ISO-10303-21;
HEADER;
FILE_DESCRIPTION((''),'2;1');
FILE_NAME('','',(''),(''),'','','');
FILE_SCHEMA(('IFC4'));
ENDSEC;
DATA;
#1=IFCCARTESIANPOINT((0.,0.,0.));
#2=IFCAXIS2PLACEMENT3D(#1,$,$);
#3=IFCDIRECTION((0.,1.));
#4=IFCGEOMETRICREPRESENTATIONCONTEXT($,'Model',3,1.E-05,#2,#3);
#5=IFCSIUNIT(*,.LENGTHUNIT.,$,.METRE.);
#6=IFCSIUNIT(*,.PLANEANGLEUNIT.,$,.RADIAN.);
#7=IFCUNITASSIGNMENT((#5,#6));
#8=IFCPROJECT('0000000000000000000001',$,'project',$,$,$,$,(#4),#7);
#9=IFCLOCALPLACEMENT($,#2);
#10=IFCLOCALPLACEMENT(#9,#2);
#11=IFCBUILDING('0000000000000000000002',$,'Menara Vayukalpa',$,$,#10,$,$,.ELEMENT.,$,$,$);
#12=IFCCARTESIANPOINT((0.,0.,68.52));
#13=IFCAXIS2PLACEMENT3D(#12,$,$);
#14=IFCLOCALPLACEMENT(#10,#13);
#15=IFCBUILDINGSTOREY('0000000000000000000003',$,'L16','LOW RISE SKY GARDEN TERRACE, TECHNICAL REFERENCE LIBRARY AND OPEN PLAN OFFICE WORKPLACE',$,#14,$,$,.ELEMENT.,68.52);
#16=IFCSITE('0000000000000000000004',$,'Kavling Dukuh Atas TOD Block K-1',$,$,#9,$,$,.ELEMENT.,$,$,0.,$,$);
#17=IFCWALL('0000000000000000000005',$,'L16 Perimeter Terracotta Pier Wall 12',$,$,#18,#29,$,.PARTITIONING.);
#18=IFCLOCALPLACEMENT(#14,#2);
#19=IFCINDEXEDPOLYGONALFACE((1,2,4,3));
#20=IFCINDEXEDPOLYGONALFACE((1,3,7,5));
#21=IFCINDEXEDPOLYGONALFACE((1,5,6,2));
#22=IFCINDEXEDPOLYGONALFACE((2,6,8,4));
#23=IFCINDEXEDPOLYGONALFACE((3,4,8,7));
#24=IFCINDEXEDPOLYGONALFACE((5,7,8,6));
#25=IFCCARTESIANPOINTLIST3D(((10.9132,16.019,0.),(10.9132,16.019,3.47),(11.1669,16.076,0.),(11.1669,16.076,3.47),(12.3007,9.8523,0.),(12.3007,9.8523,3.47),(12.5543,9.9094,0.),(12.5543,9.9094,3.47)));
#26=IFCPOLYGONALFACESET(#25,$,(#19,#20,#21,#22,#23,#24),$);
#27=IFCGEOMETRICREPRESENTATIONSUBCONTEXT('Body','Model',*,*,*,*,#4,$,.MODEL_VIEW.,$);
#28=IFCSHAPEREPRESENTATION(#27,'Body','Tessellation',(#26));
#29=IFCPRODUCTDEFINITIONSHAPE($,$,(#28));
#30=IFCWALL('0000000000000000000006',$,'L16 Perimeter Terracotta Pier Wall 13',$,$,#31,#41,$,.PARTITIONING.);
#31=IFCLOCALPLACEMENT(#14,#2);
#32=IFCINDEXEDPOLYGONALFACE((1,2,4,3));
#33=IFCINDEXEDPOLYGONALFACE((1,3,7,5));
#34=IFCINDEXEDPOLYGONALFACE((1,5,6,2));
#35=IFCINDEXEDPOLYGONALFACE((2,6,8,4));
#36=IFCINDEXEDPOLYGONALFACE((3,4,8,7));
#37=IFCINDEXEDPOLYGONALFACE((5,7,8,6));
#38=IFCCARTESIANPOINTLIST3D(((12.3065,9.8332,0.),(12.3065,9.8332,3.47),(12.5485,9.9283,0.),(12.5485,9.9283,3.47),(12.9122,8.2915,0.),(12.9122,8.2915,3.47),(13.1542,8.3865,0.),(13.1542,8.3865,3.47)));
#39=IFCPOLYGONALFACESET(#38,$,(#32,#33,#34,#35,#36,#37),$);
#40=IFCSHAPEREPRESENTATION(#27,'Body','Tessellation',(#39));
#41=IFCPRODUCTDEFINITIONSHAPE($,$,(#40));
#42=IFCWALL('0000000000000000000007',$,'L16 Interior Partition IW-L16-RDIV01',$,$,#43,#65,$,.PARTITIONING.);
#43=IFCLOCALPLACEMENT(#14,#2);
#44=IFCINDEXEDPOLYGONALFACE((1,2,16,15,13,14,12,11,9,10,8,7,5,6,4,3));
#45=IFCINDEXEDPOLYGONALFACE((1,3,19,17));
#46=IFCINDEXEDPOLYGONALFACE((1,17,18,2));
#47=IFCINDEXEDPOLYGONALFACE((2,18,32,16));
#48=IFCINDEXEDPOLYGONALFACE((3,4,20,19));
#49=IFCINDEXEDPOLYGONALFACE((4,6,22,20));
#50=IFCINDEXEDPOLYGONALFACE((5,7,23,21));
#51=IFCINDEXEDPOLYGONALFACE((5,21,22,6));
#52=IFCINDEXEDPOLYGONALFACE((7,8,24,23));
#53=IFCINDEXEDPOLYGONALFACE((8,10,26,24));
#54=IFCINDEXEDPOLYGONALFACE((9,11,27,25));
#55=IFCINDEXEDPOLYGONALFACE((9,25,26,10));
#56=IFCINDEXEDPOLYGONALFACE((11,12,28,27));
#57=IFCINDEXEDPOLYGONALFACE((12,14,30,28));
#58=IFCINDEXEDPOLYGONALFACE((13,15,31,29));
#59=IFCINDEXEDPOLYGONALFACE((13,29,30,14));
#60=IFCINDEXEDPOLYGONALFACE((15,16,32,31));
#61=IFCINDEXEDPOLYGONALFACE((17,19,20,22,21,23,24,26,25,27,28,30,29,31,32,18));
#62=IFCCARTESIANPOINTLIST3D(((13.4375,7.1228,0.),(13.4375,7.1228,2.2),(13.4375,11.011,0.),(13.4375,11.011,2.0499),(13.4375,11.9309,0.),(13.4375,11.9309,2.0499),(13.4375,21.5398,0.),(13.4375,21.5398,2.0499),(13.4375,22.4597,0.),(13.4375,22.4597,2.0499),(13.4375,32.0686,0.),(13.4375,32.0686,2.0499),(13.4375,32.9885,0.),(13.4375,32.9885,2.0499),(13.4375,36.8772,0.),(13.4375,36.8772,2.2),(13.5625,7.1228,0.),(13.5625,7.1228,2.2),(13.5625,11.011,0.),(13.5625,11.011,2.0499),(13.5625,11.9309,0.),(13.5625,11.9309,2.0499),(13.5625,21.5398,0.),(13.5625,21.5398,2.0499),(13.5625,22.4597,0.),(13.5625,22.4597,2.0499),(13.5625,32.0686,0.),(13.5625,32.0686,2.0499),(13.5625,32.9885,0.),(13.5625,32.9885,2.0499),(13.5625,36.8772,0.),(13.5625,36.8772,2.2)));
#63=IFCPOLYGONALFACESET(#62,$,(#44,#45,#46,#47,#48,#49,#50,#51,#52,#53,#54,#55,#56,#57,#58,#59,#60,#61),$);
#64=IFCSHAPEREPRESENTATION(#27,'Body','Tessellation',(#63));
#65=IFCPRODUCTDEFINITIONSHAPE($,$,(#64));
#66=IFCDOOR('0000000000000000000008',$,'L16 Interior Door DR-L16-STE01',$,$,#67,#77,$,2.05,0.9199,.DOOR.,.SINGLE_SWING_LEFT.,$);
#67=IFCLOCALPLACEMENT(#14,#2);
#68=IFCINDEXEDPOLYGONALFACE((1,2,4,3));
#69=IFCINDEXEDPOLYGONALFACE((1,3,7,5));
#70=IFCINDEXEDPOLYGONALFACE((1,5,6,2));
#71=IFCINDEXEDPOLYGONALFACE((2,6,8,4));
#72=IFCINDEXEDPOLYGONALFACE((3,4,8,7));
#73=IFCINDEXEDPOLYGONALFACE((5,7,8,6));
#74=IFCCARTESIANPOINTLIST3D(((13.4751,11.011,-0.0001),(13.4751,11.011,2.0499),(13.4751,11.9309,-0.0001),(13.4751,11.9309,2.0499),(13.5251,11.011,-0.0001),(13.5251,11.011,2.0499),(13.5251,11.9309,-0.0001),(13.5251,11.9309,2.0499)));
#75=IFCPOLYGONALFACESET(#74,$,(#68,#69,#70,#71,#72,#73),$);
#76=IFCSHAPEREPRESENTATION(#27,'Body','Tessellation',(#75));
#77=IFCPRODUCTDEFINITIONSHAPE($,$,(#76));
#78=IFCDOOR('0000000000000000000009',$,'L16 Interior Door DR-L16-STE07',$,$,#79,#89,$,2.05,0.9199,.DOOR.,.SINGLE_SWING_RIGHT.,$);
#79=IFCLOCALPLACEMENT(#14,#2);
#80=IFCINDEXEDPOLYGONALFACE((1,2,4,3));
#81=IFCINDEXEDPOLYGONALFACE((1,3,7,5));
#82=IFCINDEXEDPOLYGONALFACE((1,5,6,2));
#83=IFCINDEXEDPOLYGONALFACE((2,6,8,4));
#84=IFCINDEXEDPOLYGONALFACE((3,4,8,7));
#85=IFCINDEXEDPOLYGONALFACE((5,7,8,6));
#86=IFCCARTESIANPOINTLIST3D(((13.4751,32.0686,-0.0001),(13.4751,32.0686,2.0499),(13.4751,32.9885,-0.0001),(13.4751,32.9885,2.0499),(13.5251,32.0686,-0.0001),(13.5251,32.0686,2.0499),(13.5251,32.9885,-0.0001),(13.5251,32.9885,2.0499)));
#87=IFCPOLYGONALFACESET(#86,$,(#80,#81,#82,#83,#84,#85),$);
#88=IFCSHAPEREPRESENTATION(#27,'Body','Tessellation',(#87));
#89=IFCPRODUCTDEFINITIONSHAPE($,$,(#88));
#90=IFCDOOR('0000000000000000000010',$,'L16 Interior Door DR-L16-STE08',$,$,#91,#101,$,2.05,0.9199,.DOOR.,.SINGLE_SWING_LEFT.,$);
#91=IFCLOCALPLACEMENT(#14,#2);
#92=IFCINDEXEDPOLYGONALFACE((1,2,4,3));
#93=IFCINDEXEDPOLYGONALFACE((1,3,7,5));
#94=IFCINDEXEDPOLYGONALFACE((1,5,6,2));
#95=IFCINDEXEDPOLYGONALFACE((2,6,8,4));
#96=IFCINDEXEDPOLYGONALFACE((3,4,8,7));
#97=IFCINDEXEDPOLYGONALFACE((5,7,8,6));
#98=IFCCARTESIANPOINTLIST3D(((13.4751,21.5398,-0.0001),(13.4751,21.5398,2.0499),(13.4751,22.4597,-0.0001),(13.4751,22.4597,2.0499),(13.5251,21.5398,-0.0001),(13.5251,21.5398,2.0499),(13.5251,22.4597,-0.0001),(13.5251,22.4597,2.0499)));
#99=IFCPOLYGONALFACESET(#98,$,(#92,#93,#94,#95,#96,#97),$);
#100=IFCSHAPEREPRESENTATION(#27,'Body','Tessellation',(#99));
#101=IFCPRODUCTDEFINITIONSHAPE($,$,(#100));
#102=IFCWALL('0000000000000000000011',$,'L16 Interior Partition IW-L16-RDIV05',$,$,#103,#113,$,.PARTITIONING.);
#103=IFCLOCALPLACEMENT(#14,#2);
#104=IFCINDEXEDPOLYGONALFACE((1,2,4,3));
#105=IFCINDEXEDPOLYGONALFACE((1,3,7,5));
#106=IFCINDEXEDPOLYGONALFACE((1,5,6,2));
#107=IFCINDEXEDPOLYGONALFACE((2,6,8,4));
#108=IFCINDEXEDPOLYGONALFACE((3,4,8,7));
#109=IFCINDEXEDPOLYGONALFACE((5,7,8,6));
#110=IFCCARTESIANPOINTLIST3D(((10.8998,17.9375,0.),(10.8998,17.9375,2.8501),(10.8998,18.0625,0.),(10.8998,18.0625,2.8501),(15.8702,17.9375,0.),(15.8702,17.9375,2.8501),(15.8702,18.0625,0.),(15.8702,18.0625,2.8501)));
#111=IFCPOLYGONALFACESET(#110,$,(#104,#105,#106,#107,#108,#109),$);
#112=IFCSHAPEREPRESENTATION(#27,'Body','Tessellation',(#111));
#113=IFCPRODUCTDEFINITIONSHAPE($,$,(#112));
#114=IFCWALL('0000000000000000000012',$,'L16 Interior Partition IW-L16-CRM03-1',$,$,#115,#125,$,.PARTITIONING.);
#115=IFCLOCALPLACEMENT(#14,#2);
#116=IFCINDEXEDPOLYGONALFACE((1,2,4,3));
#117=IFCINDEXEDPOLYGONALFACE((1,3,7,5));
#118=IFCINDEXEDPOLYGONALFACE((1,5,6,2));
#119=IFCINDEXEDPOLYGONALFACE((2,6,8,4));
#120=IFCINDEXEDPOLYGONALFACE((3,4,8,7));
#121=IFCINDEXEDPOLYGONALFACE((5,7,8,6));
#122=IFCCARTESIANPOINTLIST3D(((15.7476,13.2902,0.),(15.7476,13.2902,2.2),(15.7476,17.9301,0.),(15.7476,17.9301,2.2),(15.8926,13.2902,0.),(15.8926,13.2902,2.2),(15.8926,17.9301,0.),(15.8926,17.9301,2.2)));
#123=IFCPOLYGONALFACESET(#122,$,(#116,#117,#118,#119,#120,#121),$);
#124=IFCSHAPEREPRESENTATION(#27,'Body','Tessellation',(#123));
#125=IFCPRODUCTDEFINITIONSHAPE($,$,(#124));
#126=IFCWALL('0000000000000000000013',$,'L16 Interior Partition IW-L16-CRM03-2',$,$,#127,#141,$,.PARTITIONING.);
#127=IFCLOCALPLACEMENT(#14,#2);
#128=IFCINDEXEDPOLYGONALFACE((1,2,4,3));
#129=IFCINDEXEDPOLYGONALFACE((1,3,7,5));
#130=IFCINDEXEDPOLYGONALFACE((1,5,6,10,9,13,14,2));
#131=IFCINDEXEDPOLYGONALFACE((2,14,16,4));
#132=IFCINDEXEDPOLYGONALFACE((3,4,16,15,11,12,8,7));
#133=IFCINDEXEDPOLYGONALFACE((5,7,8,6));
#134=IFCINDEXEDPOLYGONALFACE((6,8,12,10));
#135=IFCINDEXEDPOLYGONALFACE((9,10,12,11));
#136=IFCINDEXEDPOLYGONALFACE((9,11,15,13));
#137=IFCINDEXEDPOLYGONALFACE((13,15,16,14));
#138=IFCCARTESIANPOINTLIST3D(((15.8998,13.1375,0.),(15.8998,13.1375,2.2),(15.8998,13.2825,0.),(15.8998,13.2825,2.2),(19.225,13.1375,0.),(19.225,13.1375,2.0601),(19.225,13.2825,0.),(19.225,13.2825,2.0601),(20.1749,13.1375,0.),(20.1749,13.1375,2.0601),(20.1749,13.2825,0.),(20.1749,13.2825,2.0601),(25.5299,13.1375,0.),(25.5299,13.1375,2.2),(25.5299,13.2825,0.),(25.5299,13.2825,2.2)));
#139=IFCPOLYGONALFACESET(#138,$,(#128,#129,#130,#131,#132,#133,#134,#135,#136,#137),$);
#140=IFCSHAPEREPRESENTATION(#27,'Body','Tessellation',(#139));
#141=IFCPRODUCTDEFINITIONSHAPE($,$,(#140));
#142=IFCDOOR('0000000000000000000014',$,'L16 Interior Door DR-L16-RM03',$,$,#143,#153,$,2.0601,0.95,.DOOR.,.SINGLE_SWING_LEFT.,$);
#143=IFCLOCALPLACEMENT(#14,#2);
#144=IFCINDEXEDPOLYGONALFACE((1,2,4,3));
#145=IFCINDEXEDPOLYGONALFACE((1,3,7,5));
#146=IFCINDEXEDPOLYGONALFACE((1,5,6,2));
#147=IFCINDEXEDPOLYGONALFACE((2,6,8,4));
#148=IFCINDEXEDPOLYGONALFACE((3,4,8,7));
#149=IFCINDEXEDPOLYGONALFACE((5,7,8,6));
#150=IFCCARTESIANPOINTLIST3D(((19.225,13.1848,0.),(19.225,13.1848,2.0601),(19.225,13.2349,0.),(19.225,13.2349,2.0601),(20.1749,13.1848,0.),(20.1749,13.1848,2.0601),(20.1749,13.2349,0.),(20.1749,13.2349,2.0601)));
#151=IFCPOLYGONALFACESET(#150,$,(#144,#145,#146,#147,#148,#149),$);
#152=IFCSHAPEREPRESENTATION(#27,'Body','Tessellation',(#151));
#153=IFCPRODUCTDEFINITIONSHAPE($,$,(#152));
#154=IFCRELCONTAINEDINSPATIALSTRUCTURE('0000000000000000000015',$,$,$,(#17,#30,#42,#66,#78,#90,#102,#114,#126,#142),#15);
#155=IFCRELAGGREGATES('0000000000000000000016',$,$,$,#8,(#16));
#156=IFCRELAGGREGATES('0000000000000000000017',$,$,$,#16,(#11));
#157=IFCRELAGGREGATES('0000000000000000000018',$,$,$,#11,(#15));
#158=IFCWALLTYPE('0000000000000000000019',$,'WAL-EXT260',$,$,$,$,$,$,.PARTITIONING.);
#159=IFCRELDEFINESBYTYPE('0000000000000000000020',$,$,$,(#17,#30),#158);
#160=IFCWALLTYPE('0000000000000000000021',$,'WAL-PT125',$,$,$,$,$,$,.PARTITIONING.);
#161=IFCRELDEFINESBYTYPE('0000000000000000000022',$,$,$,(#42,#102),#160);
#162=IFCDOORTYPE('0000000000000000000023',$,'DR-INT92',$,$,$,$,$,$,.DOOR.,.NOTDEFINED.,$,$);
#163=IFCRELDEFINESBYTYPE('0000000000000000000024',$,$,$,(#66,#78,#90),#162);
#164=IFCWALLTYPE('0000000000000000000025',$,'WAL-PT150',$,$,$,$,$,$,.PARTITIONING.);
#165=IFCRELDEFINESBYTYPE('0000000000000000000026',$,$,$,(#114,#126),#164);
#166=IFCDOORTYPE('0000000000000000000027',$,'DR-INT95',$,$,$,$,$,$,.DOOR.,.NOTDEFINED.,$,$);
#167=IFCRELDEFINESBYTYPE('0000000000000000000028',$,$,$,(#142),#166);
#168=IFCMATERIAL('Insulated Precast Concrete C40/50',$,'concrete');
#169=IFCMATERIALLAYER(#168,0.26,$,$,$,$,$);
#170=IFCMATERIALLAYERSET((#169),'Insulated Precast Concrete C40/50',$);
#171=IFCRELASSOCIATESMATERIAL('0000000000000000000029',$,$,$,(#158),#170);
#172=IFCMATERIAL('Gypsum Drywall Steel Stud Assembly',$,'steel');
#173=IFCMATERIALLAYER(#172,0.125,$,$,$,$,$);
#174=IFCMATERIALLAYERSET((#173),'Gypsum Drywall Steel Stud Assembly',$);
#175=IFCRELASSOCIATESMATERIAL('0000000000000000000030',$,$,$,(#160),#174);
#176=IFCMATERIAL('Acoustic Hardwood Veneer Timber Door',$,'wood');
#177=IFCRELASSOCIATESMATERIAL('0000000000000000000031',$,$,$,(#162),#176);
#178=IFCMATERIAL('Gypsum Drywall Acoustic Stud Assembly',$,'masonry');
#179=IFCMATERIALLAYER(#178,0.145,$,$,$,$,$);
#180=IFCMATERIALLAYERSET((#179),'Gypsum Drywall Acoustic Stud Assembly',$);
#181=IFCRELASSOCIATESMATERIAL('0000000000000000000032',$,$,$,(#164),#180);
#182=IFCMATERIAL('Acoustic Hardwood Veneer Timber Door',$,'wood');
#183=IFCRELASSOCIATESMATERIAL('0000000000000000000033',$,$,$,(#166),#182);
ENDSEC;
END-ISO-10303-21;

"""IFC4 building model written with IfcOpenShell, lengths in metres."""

from ifc_helpers import new_model, si_unit, direction, frame, frame_2d, origin, place, context, subcontext, project, spatial, rectangle, extrude, material, layer, layer_set, type_object, element, fill, save


model = new_model("IFC4")

# Units and contexts
model_context = context("Model", 3, precision=1e-05, world=origin(), true_north=direction((0.0, 1.0)))
body_context = subcontext(model_context, "Body", "Model", "MODEL_VIEW")
ifc_project = project(units=[si_unit("LENGTHUNIT", "METRE"), si_unit("PLANEANGLEUNIT", "RADIAN")], contexts=[model_context])

# Site, building, storey
site_placement = place(None, origin())
site = spatial("IfcSite", under=ifc_project, at=site_placement, Name="Kavling Dukuh Atas TOD Block K-1", CompositionType="ELEMENT", RefElevation=0.0)
building_placement = place(site_placement, origin())
building = spatial("IfcBuilding", under=site, at=building_placement, Name="Menara Vayukalpa", CompositionType="ELEMENT")
storey_placement = place(building_placement, frame((0.0, 0.0, 68.52)))
storey = spatial("IfcBuildingStorey", under=building, at=storey_placement, Name="L16", Description="LOW RISE SKY GARDEN TERRACE, TECHNICAL REFERENCE LIBRARY AND OPEN PLAN OFFICE WORKPLACE", CompositionType="ELEMENT", Elevation=68.52)

# Walls
ifc_material_1 = material(Name="Insulated Precast Concrete C40/50", Category="concrete")
ifc_layer_1 = layer(ifc_material_1, 0.26)
ifc_layer_set_1 = layer_set([ifc_layer_1], Name="Insulated Precast Concrete C40/50")
wall_type_1 = type_object("IfcWallType", Name="WAL-EXT260", PredefinedType="PARTITIONING", material=ifc_layer_set_1)
wall_1_placement = place(storey_placement, frame((12.4275, 9.8809, 0.0), z_axis=(0.0, 0.0, 1.0), x_axis=(-0.219502, 0.975612, 0.0)))
element("IfcWall", 1, at=wall_1_placement, inside=storey, type_object=wall_type_1, Name="L16 Perimeter Terracotta Pier Wall 12", PredefinedType="PARTITIONING", context=body_context, shape_type="SweptSolid", body=[
    extrude(rectangle(XDim=6.3208, YDim=0.26, at=frame_2d((3.1604, 0.0))), origin(), (0.0, 0.0, 1.0), 3.47),
])
wall_2_placement = place(storey_placement, frame((13.0332, 8.3391, 0.0), z_axis=(0.0, 0.0, 1.0), x_axis=(-0.365666, 0.930746, 0.0)))
element("IfcWall", 2, at=wall_2_placement, inside=storey, type_object=wall_type_1, Name="L16 Perimeter Terracotta Pier Wall 13", PredefinedType="PARTITIONING", context=body_context, shape_type="SweptSolid", body=[
    extrude(rectangle(XDim=1.6565, YDim=0.26, at=frame_2d((0.8281, 0.0))), origin(), (0.0, 0.0, 1.0), 3.47),
])

# Wall, openings, doors
ifc_material_2 = material(Name="Gypsum Drywall Steel Stud Assembly", Category="steel")
ifc_layer_2 = layer(ifc_material_2, 0.125)
ifc_layer_set_2 = layer_set([ifc_layer_2], Name="Gypsum Drywall Steel Stud Assembly")
wall_type_2 = type_object("IfcWallType", Name="WAL-PT125", PredefinedType="PARTITIONING", material=ifc_layer_set_2)
wall_3_placement = place(storey_placement, frame((13.5, 7.1228, 0.0), z_axis=(0.0, 0.0, 1.0), x_axis=(0.0, 1.0, 0.0)))
wall_3 = element("IfcWall", 3, at=wall_3_placement, inside=storey, type_object=wall_type_2, Name="L16 Interior Partition IW-L16-RDIV01", PredefinedType="PARTITIONING", context=body_context, shape_type="SweptSolid", body=[
    extrude(rectangle(XDim=29.7544, YDim=0.125, at=frame_2d((14.8772, 0.0))), origin(), (0.0, 0.0, 1.0), 2.2),
])
opening_1_placement = place(wall_3_placement, frame((3.8882, 0.0, 0.0)))
opening_1 = element("IfcOpeningElement", 4, at=opening_1_placement, cuts=wall_3, PredefinedType="OPENING", context=body_context, shape_type="SweptSolid", body=[
    extrude(rectangle(XDim=0.9199, YDim=2.05, at=frame_2d((0.46, 1.0249))), frame((0.0, 0.0725, 0.0), z_axis=(0.0, -1.0, 0.0), x_axis=(1.0, 0.0, 0.0)), (0.0, 0.0, 1.0), 0.145),
])
opening_2_placement = place(wall_3_placement, frame((24.9458, 0.0, 0.0)))
opening_2 = element("IfcOpeningElement", 5, at=opening_2_placement, cuts=wall_3, PredefinedType="OPENING", context=body_context, shape_type="SweptSolid", body=[
    extrude(rectangle(XDim=0.9199, YDim=2.05, at=frame_2d((0.46, 1.0249))), frame((0.0, 0.0725, 0.0), z_axis=(0.0, -1.0, 0.0), x_axis=(1.0, 0.0, 0.0)), (0.0, 0.0, 1.0), 0.145),
])
opening_3_placement = place(wall_3_placement, frame((14.417, 0.0, 0.0)))
opening_3 = element("IfcOpeningElement", 6, at=opening_3_placement, cuts=wall_3, PredefinedType="OPENING", context=body_context, shape_type="SweptSolid", body=[
    extrude(rectangle(XDim=0.9199, YDim=2.05, at=frame_2d((0.46, 1.0249))), frame((0.0, 0.0725, 0.0), z_axis=(0.0, -1.0, 0.0), x_axis=(1.0, 0.0, 0.0)), (0.0, 0.0, 1.0), 0.145),
])
ifc_material_3 = material(Name="Acoustic Hardwood Veneer Timber Door", Category="wood")
door_type_1 = type_object("IfcDoorType", Name="DR-INT92", OperationType="NOTDEFINED", PredefinedType="DOOR", material=ifc_material_3)
door_1_placement = place(opening_1_placement, origin())
door_1 = element("IfcDoor", 7, at=door_1_placement, inside=storey, type_object=door_type_1, Name="L16 Interior Door DR-L16-STE01", OperationType="SINGLE_SWING_LEFT", OverallHeight=2.05, OverallWidth=0.9199, PredefinedType="DOOR", context=body_context, shape_type="SweptSolid", body=[
    extrude(rectangle(XDim=0.9199, YDim=2.05, at=frame_2d((0.46, 1.0249))), frame((0.0, 0.0249, 0.0), z_axis=(0.0, -1.0, 0.0), x_axis=(1.0, 0.0, 0.0)), (0.0, 0.0, 1.0), 0.05),
])
fill(opening_1, door_1)
door_2_placement = place(opening_2_placement, origin())
door_2 = element("IfcDoor", 8, at=door_2_placement, inside=storey, type_object=door_type_1, Name="L16 Interior Door DR-L16-STE07", OperationType="SINGLE_SWING_RIGHT", OverallHeight=2.05, OverallWidth=0.9199, PredefinedType="DOOR", context=body_context, shape_type="SweptSolid", body=[
    extrude(rectangle(XDim=0.9199, YDim=2.05, at=frame_2d((0.46, 1.0249))), frame((0.0, 0.0249, 0.0), z_axis=(0.0, -1.0, 0.0), x_axis=(1.0, 0.0, 0.0)), (0.0, 0.0, 1.0), 0.05),
])
fill(opening_2, door_2)
door_3_placement = place(opening_3_placement, origin())
door_3 = element("IfcDoor", 9, at=door_3_placement, inside=storey, type_object=door_type_1, Name="L16 Interior Door DR-L16-STE08", OperationType="SINGLE_SWING_LEFT", OverallHeight=2.05, OverallWidth=0.9199, PredefinedType="DOOR", context=body_context, shape_type="SweptSolid", body=[
    extrude(rectangle(XDim=0.9199, YDim=2.05, at=frame_2d((0.46, 1.0249))), frame((0.0, 0.0249, 0.0), z_axis=(0.0, -1.0, 0.0), x_axis=(1.0, 0.0, 0.0)), (0.0, 0.0, 1.0), 0.05),
])
fill(opening_3, door_3)

# Walls
wall_4_placement = place(storey_placement, frame((10.8997, 18.0, 0.0), z_axis=(0.0, 0.0, 1.0), x_axis=(1.0, 0.0, 0.0)))
element("IfcWall", 10, at=wall_4_placement, inside=storey, type_object=wall_type_2, Name="L16 Interior Partition IW-L16-RDIV05", PredefinedType="PARTITIONING", context=body_context, shape_type="SweptSolid", body=[
    extrude(rectangle(XDim=4.9705, YDim=0.125, at=frame_2d((2.4854, 0.0))), origin(), (0.0, 0.0, 1.0), 2.8501),
])
ifc_material_4 = material(Name="Gypsum Drywall Acoustic Stud Assembly", Category="masonry")
ifc_layer_3 = layer(ifc_material_4, 0.145)
ifc_layer_set_3 = layer_set([ifc_layer_3], Name="Gypsum Drywall Acoustic Stud Assembly")
wall_type_3 = type_object("IfcWallType", Name="WAL-PT150", PredefinedType="PARTITIONING", material=ifc_layer_set_3)
wall_5_placement = place(storey_placement, frame((15.8201, 17.9299, 0.0), z_axis=(0.0, 0.0, 1.0), x_axis=(0.0, -1.0, 0.0)))
element("IfcWall", 11, at=wall_5_placement, inside=storey, type_object=wall_type_3, Name="L16 Interior Partition IW-L16-CRM03-1", PredefinedType="PARTITIONING", context=body_context, shape_type="SweptSolid", body=[
    extrude(rectangle(XDim=4.6399, YDim=0.145, at=frame_2d((2.3198, 0.0))), origin(), (0.0, 0.0, 1.0), 2.2),
])

# Wall, opening, door
wall_6_placement = place(storey_placement, frame((15.8999, 13.21, 0.0), z_axis=(0.0, 0.0, 1.0), x_axis=(1.0, 0.0, 0.0)))
wall_6 = element("IfcWall", 12, at=wall_6_placement, inside=storey, type_object=wall_type_3, Name="L16 Interior Partition IW-L16-CRM03-2", PredefinedType="PARTITIONING", context=body_context, shape_type="SweptSolid", body=[
    extrude(rectangle(XDim=9.6301, YDim=0.145, at=frame_2d((4.8149, 0.0))), origin(), (0.0, 0.0, 1.0), 2.2),
])
opening_4_placement = place(wall_6_placement, frame((3.325, 0.0, 0.0)))
opening_4 = element("IfcOpeningElement", 13, at=opening_4_placement, cuts=wall_6, PredefinedType="OPENING", context=body_context, shape_type="SweptSolid", body=[
    extrude(rectangle(XDim=0.95, YDim=2.0601, at=frame_2d((0.4751, 1.03))), frame((0.0, 0.0825, 0.0), z_axis=(0.0, -1.0, 0.0), x_axis=(1.0, 0.0, 0.0)), (0.0, 0.0, 1.0), 0.165),
])
ifc_material_5 = material(Name="Acoustic Hardwood Veneer Timber Door", Category="wood")
door_type_2 = type_object("IfcDoorType", Name="DR-INT95", OperationType="NOTDEFINED", PredefinedType="DOOR", material=ifc_material_5)
door_4_placement = place(opening_4_placement, origin())
door_4 = element("IfcDoor", 14, at=door_4_placement, inside=storey, type_object=door_type_2, Name="L16 Interior Door DR-L16-RM03", OperationType="SINGLE_SWING_LEFT", OverallHeight=2.0601, OverallWidth=0.95, PredefinedType="DOOR", context=body_context, shape_type="SweptSolid", body=[
    extrude(rectangle(XDim=0.95, YDim=2.0601, at=frame_2d((0.4751, 1.03))), frame((0.0, 0.0249, 0.0), z_axis=(0.0, -1.0, 0.0), x_axis=(1.0, 0.0, 0.0)), (0.0, 0.0, 1.0), 0.05),
])
fill(opening_4, door_4)

save(model, "model.ifc")
